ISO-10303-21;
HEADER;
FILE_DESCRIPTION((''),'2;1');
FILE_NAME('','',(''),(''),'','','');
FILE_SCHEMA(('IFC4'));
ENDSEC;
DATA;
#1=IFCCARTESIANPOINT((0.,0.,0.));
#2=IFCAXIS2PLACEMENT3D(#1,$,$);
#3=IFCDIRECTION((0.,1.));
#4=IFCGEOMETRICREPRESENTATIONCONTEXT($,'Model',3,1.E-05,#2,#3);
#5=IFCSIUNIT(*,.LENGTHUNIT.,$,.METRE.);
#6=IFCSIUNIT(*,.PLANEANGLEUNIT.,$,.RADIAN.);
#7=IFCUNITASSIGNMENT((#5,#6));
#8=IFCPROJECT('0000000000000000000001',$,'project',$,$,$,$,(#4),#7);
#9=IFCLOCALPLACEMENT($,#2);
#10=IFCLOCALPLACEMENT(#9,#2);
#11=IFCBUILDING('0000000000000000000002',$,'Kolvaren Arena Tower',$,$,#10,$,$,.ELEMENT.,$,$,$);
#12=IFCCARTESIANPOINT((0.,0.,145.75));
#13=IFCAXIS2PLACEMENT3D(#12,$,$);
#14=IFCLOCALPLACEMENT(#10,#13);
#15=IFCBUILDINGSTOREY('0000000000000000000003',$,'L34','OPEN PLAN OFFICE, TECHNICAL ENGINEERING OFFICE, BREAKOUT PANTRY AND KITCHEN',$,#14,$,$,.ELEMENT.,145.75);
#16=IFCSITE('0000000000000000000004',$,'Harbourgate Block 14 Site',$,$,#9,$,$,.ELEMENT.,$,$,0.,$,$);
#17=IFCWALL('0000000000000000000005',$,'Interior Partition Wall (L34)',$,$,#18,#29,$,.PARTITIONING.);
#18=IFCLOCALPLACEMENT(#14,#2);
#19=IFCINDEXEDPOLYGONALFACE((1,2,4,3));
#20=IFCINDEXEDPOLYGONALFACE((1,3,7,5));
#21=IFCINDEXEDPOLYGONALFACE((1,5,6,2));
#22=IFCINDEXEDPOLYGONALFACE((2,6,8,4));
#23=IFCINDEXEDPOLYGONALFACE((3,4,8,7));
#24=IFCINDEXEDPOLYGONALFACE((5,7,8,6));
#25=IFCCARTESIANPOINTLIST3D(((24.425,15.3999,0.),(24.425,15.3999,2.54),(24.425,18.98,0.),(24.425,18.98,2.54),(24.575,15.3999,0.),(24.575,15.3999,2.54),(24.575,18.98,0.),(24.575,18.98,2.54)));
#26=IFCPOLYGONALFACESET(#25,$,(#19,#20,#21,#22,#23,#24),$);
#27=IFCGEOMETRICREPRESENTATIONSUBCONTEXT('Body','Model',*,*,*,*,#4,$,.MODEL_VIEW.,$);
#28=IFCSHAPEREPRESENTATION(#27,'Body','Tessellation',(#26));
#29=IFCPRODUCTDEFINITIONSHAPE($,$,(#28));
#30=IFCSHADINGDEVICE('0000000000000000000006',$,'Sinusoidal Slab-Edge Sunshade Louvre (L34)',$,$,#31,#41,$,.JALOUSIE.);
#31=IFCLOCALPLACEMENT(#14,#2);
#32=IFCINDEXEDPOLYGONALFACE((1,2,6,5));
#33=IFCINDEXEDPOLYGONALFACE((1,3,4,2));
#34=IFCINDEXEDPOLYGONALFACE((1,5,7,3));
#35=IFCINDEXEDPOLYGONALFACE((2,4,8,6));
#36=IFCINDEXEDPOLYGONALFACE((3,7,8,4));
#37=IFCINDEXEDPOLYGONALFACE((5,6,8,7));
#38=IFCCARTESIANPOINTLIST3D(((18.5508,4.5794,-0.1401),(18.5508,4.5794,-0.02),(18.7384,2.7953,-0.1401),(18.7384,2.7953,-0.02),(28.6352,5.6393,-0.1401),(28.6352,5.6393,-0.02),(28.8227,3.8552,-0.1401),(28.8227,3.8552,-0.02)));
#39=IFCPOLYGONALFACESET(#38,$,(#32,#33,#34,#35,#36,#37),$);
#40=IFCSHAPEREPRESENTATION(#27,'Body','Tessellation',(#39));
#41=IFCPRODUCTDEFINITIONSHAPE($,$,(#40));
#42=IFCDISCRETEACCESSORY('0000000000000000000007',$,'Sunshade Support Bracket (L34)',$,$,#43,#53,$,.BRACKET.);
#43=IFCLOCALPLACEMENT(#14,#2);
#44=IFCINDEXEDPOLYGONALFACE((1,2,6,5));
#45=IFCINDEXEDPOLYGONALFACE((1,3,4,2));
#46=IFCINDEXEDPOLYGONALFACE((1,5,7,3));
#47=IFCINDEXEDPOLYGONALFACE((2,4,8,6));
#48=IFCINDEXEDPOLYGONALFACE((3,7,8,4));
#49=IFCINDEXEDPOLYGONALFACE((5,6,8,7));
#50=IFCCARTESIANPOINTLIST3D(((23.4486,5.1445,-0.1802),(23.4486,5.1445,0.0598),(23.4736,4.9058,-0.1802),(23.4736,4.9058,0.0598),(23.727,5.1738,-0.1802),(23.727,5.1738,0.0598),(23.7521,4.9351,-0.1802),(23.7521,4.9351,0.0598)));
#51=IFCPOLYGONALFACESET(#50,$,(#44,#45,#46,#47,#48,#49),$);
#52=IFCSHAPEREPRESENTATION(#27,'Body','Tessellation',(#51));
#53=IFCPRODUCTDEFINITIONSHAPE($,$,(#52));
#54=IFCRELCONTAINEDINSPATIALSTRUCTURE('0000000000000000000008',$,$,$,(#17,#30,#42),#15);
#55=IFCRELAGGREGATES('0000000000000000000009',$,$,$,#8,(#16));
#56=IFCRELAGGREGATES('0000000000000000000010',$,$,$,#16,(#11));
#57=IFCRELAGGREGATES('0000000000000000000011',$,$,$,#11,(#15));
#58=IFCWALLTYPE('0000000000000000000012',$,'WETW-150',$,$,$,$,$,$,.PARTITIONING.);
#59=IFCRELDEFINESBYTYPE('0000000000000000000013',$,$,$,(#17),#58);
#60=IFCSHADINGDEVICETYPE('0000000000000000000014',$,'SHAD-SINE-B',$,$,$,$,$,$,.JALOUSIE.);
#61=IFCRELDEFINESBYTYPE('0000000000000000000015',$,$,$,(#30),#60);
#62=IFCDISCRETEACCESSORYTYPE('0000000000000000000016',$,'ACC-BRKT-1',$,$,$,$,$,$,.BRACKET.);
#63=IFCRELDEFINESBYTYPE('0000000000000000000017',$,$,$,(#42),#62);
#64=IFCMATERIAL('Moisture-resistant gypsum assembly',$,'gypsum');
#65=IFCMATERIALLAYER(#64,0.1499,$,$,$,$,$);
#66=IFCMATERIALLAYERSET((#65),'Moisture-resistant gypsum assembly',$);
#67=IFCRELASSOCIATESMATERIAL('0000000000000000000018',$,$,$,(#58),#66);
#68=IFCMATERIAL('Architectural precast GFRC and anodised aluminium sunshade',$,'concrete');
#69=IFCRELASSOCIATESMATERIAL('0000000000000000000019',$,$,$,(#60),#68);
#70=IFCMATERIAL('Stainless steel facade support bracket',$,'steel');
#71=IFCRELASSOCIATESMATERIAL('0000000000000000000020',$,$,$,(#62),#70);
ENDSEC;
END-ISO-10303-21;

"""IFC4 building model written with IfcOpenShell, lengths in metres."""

from ifc_helpers import new_model, si_unit, direction, frame, frame_2d, origin, origin_2d, place, context, subcontext, project, spatial, rectangle, extrude, material, layer, layer_set, type_object, element, save


model = new_model("IFC4")

# Units and contexts
model_context = context("Model", 3, precision=1e-05, world=origin(), true_north=direction((0.0, 1.0)))
body_context = subcontext(model_context, "Body", "Model", "MODEL_VIEW")
ifc_project = project(units=[si_unit("LENGTHUNIT", "METRE"), si_unit("PLANEANGLEUNIT", "RADIAN")], contexts=[model_context])

# Site, building, storey
site_placement = place(None, origin())
site = spatial("IfcSite", under=ifc_project, at=site_placement, Name="Harbourgate Block 14 Site", CompositionType="ELEMENT", RefElevation=0.0)
building_placement = place(site_placement, origin())
building = spatial("IfcBuilding", under=site, at=building_placement, Name="Kolvaren Arena Tower", CompositionType="ELEMENT")
storey_placement = place(building_placement, frame((0.0, 0.0, 145.75)))
storey = spatial("IfcBuildingStorey", under=building, at=storey_placement, Name="L34", Description="OPEN PLAN OFFICE, TECHNICAL ENGINEERING OFFICE, BREAKOUT PANTRY AND KITCHEN", CompositionType="ELEMENT", Elevation=145.75)

# Wall
ifc_material_1 = material(Name="Moisture-resistant gypsum assembly", Category="gypsum")
ifc_layer_1 = layer(ifc_material_1, 0.1499)
ifc_layer_set_1 = layer_set([ifc_layer_1], Name="Moisture-resistant gypsum assembly")
wall_type_1 = type_object("IfcWallType", Name="WETW-150", PredefinedType="PARTITIONING", material=ifc_layer_set_1)
for number, where, z_axis, x_axis, name in (
    (1, (24.5, 15.3999, 0.0), (0.0, 0.0, 1.0), (0.0, 1.0, 0.0), "Interior Partition Wall (L34)"),
):
    element("IfcWall", number, at=place(storey_placement, frame(where, z_axis=z_axis, x_axis=x_axis)), inside=storey, type_object=wall_type_1, Name=name, PredefinedType="PARTITIONING", context=body_context, shape_type="SweptSolid", body=[
        extrude(rectangle(XDim=3.5801, YDim=0.1499, at=frame_2d((1.79, 0.0))), origin(), (0.0, 0.0, 1.0), 2.54),
    ])

# Shading device
ifc_material_2 = material(Name="Architectural precast GFRC and anodised aluminium sunshade", Category="concrete")
shading_device_type = type_object("IfcShadingDeviceType", Name="SHAD-SINE-B", PredefinedType="JALOUSIE", material=ifc_material_2)
shading_device_placement = place(storey_placement, frame((23.6868, 4.2173, -0.1401), z_axis=(0.0, 0.0, 1.0), x_axis=(-0.994522, -0.104527, 0.0)))
element("IfcShadingDevice", 2, at=shading_device_placement, inside=storey, type_object=shading_device_type, Name="Sinusoidal Slab-Edge Sunshade Louvre (L34)", PredefinedType="JALOUSIE", context=body_context, shape_type="SweptSolid", body=[
    extrude(rectangle(XDim=10.1399, YDim=1.7939, at=origin_2d()), origin(), (0.0, 0.0, 1.0), 0.1201),
])

# Discrete accessory
ifc_material_3 = material(Name="Stainless steel facade support bracket", Category="steel")
discrete_accessory_type = type_object("IfcDiscreteAccessoryType", Name="ACC-BRKT-1", PredefinedType="BRACKET", material=ifc_material_3)
discrete_accessory_placement = place(storey_placement, frame((23.6003, 5.0398, -0.1802), z_axis=(0.0, 0.0, 1.0), x_axis=(-0.994522, -0.104527, 0.0)))
element("IfcDiscreteAccessory", 3, at=discrete_accessory_placement, inside=storey, type_object=discrete_accessory_type, Name="Sunshade Support Bracket (L34)", PredefinedType="BRACKET", context=body_context, shape_type="SweptSolid", body=[
    extrude(rectangle(XDim=0.28, YDim=0.24, at=origin_2d()), origin(), (0.0, 0.0, 1.0), 0.24),
])

save(model, "model.ifc")
